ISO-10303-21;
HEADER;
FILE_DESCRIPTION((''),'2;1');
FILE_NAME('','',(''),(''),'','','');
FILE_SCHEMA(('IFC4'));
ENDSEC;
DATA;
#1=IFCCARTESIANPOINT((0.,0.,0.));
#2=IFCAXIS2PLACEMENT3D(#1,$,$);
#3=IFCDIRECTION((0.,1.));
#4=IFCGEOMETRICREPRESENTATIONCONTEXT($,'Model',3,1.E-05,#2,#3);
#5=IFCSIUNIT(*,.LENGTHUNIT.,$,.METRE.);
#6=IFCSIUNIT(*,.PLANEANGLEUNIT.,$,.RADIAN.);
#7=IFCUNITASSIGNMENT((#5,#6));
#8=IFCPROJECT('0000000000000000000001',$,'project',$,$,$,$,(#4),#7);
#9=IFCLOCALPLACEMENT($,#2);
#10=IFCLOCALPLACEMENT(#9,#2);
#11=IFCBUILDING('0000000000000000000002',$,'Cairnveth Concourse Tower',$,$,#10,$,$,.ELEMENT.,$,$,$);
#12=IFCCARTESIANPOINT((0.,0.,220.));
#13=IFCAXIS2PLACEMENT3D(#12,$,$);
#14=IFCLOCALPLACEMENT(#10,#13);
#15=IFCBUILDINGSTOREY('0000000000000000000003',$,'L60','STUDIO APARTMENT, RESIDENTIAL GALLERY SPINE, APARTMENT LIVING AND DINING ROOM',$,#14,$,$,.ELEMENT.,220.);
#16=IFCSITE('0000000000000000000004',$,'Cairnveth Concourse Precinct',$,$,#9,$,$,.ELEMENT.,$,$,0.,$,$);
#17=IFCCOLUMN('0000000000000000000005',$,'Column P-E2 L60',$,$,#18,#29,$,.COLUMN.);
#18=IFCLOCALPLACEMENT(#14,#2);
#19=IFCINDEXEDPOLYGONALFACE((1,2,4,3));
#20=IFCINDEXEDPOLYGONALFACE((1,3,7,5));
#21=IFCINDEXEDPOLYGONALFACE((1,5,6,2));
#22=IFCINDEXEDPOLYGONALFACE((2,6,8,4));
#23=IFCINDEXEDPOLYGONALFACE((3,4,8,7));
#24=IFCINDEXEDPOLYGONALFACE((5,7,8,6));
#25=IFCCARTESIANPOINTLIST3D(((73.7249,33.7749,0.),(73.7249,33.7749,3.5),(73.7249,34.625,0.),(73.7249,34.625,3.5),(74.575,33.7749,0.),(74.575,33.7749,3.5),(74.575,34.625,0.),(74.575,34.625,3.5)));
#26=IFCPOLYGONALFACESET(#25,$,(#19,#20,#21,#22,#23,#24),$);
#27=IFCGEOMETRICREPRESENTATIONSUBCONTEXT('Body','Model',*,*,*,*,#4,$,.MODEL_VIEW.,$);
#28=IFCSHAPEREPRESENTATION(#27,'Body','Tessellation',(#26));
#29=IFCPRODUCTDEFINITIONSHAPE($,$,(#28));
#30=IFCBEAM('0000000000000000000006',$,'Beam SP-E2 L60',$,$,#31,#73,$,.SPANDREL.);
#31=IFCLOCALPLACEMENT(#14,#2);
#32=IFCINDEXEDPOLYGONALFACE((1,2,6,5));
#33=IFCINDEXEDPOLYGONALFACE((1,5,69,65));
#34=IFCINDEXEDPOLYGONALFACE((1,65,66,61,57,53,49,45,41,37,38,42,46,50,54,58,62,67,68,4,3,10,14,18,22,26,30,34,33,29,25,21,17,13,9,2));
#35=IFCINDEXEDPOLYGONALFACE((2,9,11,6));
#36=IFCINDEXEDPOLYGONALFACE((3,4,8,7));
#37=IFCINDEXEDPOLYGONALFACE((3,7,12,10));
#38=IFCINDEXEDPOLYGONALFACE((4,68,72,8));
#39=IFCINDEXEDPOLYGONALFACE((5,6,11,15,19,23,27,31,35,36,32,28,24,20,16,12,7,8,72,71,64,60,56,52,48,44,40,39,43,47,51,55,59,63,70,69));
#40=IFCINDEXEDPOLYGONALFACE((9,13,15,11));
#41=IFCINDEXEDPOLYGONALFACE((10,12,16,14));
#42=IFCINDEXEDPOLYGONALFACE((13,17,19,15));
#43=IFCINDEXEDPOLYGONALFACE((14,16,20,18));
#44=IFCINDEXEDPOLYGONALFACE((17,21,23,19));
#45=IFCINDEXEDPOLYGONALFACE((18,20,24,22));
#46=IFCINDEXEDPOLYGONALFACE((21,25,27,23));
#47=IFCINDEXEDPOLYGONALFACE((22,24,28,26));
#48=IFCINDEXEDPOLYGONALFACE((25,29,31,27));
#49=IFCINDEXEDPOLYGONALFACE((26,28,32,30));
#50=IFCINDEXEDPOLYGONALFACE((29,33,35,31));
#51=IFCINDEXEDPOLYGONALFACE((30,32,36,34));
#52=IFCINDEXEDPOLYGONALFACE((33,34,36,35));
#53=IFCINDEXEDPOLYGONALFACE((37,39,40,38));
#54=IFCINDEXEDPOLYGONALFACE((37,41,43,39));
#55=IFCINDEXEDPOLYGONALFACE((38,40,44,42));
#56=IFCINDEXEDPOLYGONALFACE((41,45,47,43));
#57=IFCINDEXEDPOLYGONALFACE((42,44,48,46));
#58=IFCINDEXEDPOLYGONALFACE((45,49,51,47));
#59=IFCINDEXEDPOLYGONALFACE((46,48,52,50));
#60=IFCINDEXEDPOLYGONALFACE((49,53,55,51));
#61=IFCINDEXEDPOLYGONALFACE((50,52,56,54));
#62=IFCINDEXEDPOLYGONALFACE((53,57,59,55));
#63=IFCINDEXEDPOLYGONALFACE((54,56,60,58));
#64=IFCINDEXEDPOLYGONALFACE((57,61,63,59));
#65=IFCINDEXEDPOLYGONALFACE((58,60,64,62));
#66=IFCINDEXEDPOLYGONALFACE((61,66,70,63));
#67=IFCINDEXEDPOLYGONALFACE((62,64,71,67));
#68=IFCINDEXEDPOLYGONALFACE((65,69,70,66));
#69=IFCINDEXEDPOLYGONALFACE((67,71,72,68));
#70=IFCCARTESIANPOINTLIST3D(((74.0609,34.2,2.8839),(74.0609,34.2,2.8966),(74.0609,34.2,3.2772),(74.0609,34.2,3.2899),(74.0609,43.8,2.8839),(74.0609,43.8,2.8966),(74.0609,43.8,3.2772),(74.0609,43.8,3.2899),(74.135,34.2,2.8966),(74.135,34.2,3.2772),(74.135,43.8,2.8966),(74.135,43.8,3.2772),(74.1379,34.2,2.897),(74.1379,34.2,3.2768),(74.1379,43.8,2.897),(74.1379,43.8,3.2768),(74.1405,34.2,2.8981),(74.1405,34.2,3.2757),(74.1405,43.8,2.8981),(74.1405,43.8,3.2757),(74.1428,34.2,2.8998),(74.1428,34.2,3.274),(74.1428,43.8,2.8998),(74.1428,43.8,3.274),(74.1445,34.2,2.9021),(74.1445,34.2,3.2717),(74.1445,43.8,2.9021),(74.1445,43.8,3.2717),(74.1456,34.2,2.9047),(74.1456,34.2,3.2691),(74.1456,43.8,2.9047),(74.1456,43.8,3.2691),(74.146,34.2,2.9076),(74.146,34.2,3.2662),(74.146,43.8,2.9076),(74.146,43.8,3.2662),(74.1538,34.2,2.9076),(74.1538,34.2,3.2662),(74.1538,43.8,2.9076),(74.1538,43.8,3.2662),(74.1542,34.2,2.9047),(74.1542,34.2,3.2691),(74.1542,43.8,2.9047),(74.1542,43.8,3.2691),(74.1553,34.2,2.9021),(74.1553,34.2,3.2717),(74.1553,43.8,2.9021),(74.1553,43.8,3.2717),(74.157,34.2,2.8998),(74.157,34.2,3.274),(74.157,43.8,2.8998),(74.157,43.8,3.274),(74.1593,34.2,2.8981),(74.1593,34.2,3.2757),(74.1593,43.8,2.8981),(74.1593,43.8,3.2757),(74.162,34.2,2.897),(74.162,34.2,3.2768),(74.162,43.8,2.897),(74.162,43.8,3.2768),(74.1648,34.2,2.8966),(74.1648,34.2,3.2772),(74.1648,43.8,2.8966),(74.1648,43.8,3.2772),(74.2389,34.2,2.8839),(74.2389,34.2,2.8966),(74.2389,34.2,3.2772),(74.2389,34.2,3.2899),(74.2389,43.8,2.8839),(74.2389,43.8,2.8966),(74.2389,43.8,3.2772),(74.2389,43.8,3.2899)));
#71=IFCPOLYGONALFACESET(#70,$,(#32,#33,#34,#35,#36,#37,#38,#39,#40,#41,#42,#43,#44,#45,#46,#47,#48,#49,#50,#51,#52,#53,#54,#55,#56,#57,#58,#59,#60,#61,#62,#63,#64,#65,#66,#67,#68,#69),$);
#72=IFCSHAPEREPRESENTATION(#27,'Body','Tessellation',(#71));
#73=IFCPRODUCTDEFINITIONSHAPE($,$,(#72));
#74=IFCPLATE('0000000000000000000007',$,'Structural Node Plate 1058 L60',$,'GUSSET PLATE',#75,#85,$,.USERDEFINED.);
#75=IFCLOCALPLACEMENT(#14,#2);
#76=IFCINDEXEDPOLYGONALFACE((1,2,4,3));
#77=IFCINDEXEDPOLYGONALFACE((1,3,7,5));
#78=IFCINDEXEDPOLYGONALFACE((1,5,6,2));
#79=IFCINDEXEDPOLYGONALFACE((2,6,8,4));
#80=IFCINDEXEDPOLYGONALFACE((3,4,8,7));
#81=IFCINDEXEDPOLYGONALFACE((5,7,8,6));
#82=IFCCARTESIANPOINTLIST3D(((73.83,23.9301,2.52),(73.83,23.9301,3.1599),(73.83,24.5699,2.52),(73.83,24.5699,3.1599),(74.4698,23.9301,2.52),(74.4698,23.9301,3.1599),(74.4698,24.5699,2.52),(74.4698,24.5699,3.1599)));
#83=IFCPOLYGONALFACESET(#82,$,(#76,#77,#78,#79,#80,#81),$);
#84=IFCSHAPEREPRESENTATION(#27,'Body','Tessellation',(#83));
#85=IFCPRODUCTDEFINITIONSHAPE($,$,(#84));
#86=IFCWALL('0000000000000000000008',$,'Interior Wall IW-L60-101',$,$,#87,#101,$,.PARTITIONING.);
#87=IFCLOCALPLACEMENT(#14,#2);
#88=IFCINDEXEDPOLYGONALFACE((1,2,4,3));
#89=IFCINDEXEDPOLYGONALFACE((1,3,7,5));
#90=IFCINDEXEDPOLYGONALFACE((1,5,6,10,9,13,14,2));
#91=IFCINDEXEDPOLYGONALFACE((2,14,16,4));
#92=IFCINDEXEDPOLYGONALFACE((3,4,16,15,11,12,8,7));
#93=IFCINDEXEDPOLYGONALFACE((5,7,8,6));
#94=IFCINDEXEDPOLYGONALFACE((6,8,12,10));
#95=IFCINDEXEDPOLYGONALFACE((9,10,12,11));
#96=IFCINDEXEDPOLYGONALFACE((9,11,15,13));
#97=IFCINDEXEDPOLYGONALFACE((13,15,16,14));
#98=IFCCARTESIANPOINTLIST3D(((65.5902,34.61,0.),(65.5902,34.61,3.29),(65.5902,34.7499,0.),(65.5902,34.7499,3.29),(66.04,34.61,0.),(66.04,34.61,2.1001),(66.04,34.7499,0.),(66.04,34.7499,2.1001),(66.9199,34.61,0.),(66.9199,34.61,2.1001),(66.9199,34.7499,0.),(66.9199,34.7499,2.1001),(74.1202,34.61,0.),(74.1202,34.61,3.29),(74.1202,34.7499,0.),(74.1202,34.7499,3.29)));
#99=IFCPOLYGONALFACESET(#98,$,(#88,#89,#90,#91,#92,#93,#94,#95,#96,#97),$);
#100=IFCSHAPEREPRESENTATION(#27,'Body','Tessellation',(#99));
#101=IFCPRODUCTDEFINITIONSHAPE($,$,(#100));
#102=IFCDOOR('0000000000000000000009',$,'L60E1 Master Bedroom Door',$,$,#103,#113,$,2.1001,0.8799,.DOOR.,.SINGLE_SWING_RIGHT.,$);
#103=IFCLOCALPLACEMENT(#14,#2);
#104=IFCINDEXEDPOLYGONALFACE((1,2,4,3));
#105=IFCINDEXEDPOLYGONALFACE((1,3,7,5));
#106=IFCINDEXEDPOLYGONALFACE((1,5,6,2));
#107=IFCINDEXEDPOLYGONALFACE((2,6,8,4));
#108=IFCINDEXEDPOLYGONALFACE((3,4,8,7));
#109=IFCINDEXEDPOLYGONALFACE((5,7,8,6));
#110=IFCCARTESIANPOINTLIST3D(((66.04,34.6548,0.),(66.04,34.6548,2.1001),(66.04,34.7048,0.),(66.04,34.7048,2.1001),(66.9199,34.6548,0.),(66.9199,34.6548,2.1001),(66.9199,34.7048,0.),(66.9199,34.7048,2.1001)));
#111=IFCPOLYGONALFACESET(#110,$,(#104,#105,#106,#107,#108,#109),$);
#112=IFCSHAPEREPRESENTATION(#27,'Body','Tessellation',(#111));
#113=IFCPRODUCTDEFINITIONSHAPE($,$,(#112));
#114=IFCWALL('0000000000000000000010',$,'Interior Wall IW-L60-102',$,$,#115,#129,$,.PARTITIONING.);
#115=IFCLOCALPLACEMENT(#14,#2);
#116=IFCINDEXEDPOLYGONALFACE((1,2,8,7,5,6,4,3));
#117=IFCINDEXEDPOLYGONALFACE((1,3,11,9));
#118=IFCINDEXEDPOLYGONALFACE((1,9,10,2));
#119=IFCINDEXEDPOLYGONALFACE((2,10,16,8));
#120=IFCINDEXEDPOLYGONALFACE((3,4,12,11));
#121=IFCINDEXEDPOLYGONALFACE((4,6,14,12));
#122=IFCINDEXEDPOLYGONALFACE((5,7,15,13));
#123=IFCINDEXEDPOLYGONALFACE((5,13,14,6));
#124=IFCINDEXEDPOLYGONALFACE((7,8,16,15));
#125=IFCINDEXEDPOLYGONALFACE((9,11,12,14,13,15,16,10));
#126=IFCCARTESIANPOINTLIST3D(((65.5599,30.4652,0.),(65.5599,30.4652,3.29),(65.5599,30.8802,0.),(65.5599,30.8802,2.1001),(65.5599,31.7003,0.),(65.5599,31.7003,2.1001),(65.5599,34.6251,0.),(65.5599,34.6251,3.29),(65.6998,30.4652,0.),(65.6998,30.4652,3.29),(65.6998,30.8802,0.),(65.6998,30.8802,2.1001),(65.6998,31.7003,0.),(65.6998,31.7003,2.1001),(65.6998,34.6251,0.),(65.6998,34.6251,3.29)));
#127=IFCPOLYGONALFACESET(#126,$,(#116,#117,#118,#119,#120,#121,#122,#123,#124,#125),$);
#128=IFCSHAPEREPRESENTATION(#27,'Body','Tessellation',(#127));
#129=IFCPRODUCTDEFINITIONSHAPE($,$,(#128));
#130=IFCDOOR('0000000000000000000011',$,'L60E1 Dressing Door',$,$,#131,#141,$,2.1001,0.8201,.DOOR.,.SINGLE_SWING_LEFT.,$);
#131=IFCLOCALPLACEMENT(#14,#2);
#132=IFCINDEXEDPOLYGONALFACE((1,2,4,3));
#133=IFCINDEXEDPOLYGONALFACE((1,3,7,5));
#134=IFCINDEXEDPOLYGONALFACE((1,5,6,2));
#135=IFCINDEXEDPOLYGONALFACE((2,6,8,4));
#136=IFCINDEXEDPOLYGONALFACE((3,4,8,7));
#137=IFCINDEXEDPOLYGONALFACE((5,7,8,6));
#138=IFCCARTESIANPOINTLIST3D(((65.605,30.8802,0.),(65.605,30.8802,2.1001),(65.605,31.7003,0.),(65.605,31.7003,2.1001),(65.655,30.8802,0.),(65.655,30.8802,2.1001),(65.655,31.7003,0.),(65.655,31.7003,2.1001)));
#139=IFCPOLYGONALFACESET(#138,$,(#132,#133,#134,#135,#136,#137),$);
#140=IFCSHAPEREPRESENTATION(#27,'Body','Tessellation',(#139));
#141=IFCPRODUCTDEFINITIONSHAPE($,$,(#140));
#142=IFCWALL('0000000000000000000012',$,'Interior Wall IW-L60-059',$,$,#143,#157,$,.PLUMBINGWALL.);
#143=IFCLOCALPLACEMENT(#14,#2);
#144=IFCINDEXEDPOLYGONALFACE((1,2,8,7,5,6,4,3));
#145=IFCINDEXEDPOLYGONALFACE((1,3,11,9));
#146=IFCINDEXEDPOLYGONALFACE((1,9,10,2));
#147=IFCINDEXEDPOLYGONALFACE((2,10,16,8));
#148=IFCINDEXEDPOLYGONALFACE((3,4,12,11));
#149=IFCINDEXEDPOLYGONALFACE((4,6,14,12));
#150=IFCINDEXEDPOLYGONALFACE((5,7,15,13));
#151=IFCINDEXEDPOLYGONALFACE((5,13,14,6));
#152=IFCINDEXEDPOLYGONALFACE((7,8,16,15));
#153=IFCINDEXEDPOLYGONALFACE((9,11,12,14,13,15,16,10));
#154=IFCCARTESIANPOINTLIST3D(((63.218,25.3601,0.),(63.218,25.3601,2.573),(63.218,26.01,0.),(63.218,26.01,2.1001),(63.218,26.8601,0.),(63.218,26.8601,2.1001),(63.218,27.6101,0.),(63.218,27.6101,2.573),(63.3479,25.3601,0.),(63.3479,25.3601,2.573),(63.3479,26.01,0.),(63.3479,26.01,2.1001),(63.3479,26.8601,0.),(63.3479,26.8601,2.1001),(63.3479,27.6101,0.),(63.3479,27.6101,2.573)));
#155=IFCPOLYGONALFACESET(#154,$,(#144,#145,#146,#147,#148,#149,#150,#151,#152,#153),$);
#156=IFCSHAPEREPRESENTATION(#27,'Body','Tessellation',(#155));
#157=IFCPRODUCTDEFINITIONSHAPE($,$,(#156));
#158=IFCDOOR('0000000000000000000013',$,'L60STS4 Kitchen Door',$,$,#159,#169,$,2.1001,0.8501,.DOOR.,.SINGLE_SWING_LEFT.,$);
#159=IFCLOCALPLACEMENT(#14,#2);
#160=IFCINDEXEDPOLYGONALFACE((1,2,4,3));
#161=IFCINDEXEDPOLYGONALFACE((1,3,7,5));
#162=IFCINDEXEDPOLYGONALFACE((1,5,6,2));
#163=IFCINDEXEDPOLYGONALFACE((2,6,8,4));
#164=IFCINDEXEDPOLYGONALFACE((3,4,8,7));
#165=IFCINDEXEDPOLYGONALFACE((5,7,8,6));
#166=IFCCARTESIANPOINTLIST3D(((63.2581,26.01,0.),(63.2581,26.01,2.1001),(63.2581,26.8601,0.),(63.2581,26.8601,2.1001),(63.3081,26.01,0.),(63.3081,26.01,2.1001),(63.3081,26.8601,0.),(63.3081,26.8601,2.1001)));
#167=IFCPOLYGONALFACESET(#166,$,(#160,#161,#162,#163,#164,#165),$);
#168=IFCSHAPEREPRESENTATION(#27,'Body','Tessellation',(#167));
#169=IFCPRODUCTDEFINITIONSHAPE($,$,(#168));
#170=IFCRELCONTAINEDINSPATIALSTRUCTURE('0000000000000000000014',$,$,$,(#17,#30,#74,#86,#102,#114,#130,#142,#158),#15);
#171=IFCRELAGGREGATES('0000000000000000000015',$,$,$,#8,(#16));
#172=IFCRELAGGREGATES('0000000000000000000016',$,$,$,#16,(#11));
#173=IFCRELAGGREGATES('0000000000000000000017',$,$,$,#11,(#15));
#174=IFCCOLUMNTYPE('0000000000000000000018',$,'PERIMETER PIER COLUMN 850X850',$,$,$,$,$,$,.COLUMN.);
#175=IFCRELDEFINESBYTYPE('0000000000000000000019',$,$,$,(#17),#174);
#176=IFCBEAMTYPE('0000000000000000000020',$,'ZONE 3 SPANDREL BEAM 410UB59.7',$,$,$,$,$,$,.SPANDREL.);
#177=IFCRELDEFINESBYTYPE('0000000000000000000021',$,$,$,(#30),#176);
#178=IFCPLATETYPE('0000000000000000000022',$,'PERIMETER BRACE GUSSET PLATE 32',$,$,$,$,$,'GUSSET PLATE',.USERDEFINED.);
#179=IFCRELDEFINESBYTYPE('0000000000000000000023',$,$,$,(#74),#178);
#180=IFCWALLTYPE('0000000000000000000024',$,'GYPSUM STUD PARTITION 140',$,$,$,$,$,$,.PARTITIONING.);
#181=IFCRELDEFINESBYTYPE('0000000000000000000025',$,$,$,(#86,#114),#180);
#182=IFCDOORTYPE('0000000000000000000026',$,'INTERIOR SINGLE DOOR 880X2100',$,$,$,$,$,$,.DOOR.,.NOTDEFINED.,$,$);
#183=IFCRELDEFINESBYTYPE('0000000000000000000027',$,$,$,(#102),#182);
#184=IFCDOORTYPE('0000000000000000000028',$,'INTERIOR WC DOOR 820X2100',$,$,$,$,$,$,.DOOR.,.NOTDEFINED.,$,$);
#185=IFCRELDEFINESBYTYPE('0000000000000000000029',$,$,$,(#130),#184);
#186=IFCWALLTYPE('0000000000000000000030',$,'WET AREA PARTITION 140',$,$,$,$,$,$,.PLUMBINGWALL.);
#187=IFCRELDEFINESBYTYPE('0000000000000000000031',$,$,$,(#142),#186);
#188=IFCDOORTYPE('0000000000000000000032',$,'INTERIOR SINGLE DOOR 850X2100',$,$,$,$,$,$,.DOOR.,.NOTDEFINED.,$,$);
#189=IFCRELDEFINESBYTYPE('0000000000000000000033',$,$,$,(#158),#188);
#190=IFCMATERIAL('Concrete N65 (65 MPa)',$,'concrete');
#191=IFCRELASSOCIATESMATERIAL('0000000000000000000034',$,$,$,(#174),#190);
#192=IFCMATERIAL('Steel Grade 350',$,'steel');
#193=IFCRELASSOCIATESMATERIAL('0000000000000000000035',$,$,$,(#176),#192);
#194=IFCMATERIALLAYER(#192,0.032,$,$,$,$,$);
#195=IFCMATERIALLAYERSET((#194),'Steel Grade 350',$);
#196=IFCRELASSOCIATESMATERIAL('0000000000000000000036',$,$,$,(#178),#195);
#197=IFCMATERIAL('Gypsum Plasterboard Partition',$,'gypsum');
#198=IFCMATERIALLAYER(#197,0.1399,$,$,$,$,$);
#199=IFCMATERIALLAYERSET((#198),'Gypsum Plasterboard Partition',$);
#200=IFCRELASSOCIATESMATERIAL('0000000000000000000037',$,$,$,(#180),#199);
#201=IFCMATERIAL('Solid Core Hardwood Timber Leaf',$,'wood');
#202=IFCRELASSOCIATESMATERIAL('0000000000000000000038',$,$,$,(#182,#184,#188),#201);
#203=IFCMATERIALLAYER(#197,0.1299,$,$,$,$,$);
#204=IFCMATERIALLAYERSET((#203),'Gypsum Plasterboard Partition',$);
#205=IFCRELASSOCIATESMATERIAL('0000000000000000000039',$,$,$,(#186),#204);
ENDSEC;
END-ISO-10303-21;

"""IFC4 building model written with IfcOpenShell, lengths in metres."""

from ifc_helpers import new_model, si_unit, direction, frame, frame_2d, origin, origin_2d, place, context, subcontext, project, spatial, rectangle, i_section, extrude, material, layer, layer_set, material_profile, profile_set, type_object, element, fill, save


model = new_model("IFC4")

# Units and contexts
model_context = context("Model", 3, precision=1e-05, world=origin(), true_north=direction((0.0, 1.0)))
body_context = subcontext(model_context, "Body", "Model", "MODEL_VIEW")
ifc_project = project(units=[si_unit("LENGTHUNIT", "METRE"), si_unit("PLANEANGLEUNIT", "RADIAN")], contexts=[model_context])

# Site, building, storey
site_placement = place(None, origin())
site = spatial("IfcSite", under=ifc_project, at=site_placement, Name="Cairnveth Concourse Precinct", CompositionType="ELEMENT", RefElevation=0.0)
building_placement = place(site_placement, origin())
building = spatial("IfcBuilding", under=site, at=building_placement, Name="Cairnveth Concourse Tower", CompositionType="ELEMENT")
storey_placement = place(building_placement, frame((0.0, 0.0, 220.0)))
storey = spatial("IfcBuildingStorey", under=building, at=storey_placement, Name="L60", Description="STUDIO APARTMENT, RESIDENTIAL GALLERY SPINE, APARTMENT LIVING AND DINING ROOM", CompositionType="ELEMENT", Elevation=220.0)

# Column
ifc_material_1 = material(Name="Concrete N65 (65 MPa)", Category="concrete")
ifc_material_profile_1 = material_profile(ifc_material_1, rectangle(XDim=0.8501, YDim=0.8501, at=origin_2d()), Name="RC-COL-850x850")
ifc_profile_set_1 = profile_set([ifc_material_profile_1], Name="Concrete N65 (65 MPa)")
column_type = type_object("IfcColumnType", Name="PERIMETER PIER COLUMN 850X850", PredefinedType="COLUMN", material=ifc_profile_set_1)
column_placement = place(storey_placement, frame((74.1499, 34.2, 0.0), z_axis=(0.0, 0.0, 1.0), x_axis=(0.0, 1.0, 0.0)))
element("IfcColumn", 1, at=column_placement, inside=storey, type_object=column_type, Name="Column P-E2 L60", PredefinedType="COLUMN", context=body_context, shape_type="SweptSolid", body=[
    extrude(rectangle(XDim=0.8501, YDim=0.8501, at=origin_2d()), origin(), (0.0, 0.0, 1.0), 3.5),
])

# Beam
ifc_material_2 = material(Name="Steel Grade 350", Category="steel")
ifc_material_profile_2 = material_profile(ifc_material_2, i_section(OverallWidth=0.178, OverallDepth=0.406, WebThickness=0.0078, FlangeThickness=0.0127, FilletRadius=0.011, at=origin_2d()), Name="410UB59.7")
ifc_profile_set_2 = profile_set([ifc_material_profile_2], Name="Steel Grade 350")
beam_type = type_object("IfcBeamType", Name="ZONE 3 SPANDREL BEAM 410UB59.7", PredefinedType="SPANDREL", material=ifc_profile_set_2)
beam_placement = place(storey_placement, frame((74.1499, 34.2, 3.0869), z_axis=(0.0, 1.0, 0.0), x_axis=(-1.0, 0.0, 0.0)))
element("IfcBeam", 2, at=beam_placement, inside=storey, type_object=beam_type, Name="Beam SP-E2 L60", PredefinedType="SPANDREL", context=body_context, shape_type="SweptSolid", body=[
    extrude(i_section(OverallWidth=0.178, OverallDepth=0.406, WebThickness=0.0078, FlangeThickness=0.0127, FilletRadius=0.011, at=origin_2d()), origin(), (0.0, 0.0, 1.0), 9.6001),
])

# Plate
ifc_layer_1 = layer(ifc_material_2, 0.032)
ifc_layer_set_1 = layer_set([ifc_layer_1], Name="Steel Grade 350")
plate_type = type_object("IfcPlateType", Name="PERIMETER BRACE GUSSET PLATE 32", ElementType="GUSSET PLATE", PredefinedType="USERDEFINED", material=ifc_layer_set_1)
plate_placement = place(storey_placement, frame((74.1499, 24.25, 2.52), z_axis=(0.0, 0.0, 1.0), x_axis=(1.0, 0.0, 0.0)))
element("IfcPlate", 3, at=plate_placement, inside=storey, type_object=plate_type, Name="Structural Node Plate 1058 L60", ObjectType="GUSSET PLATE", PredefinedType="USERDEFINED", context=body_context, shape_type="SweptSolid", body=[
    extrude(rectangle(XDim=0.6399, YDim=0.6399, at=origin_2d()), origin(), (0.0, 0.0, 1.0), 0.6399),
])

# Walls, openings, doors
ifc_material_3 = material(Name="Gypsum Plasterboard Partition", Category="gypsum")
ifc_layer_2 = layer(ifc_material_3, 0.1399)
ifc_layer_set_2 = layer_set([ifc_layer_2], Name="Gypsum Plasterboard Partition")
wall_type_1 = type_object("IfcWallType", Name="GYPSUM STUD PARTITION 140", PredefinedType="PARTITIONING", material=ifc_layer_set_2)
wall_1_placement = place(storey_placement, frame((65.5901, 34.6799, 0.0), z_axis=(0.0, 0.0, 1.0), x_axis=(1.0, 0.0, 0.0)))
wall_1 = element("IfcWall", 4, at=wall_1_placement, inside=storey, type_object=wall_type_1, Name="Interior Wall IW-L60-101", PredefinedType="PARTITIONING", context=body_context, shape_type="SweptSolid", body=[
    extrude(rectangle(XDim=8.53, YDim=0.1399, at=frame_2d((4.2651, 0.0))), origin(), (0.0, 0.0, 1.0), 3.29),
])
opening_1_placement = place(wall_1_placement, frame((0.45, 0.0, 0.0)))
opening_1 = element("IfcOpeningElement", 5, at=opening_1_placement, cuts=wall_1, PredefinedType="OPENING", context=body_context, shape_type="SweptSolid", body=[
    extrude(rectangle(XDim=0.8799, YDim=2.1001, at=frame_2d((0.4399, 1.05))), frame((0.0, 0.0798, 0.0), z_axis=(0.0, -1.0, 0.0), x_axis=(1.0, 0.0, 0.0)), (0.0, 0.0, 1.0), 0.1599),
])
ifc_material_4 = material(Name="Solid Core Hardwood Timber Leaf", Category="wood")
door_type_1 = type_object("IfcDoorType", Name="INTERIOR SINGLE DOOR 880X2100", OperationType="NOTDEFINED", PredefinedType="DOOR", material=ifc_material_4)
door_1_placement = place(opening_1_placement, origin())
door_1 = element("IfcDoor", 6, at=door_1_placement, inside=storey, type_object=door_type_1, Name="L60E1 Master Bedroom Door", OperationType="SINGLE_SWING_RIGHT", OverallHeight=2.1001, OverallWidth=0.8799, PredefinedType="DOOR", context=body_context, shape_type="SweptSolid", body=[
    extrude(rectangle(XDim=0.8799, YDim=2.1001, at=frame_2d((0.4399, 1.05))), frame((0.0, 0.0249, 0.0), z_axis=(0.0, -1.0, 0.0), x_axis=(1.0, 0.0, 0.0)), (0.0, 0.0, 1.0), 0.05),
])
fill(opening_1, door_1)
wall_2_placement = place(storey_placement, frame((65.6299, 30.4651, 0.0), z_axis=(0.0, 0.0, 1.0), x_axis=(0.0, 1.0, 0.0)))
wall_2 = element("IfcWall", 7, at=wall_2_placement, inside=storey, type_object=wall_type_1, Name="Interior Wall IW-L60-102", PredefinedType="PARTITIONING", context=body_context, shape_type="SweptSolid", body=[
    extrude(rectangle(XDim=4.1599, YDim=0.1399, at=frame_2d((2.0801, 0.0))), origin(), (0.0, 0.0, 1.0), 3.29),
])
opening_2_placement = place(wall_2_placement, frame((0.415, 0.0, 0.0)))
opening_2 = element("IfcOpeningElement", 8, at=opening_2_placement, cuts=wall_2, PredefinedType="OPENING", context=body_context, shape_type="SweptSolid", body=[
    extrude(rectangle(XDim=0.8201, YDim=2.1001, at=frame_2d((0.4102, 1.05))), frame((0.0, 0.0798, 0.0), z_axis=(0.0, -1.0, 0.0), x_axis=(1.0, 0.0, 0.0)), (0.0, 0.0, 1.0), 0.1599),
])
door_type_2 = type_object("IfcDoorType", Name="INTERIOR WC DOOR 820X2100", OperationType="NOTDEFINED", PredefinedType="DOOR", material=ifc_material_4)
door_2_placement = place(opening_2_placement, origin())
door_2 = element("IfcDoor", 9, at=door_2_placement, inside=storey, type_object=door_type_2, Name="L60E1 Dressing Door", OperationType="SINGLE_SWING_LEFT", OverallHeight=2.1001, OverallWidth=0.8201, PredefinedType="DOOR", context=body_context, shape_type="SweptSolid", body=[
    extrude(rectangle(XDim=0.8201, YDim=2.1001, at=frame_2d((0.4102, 1.05))), frame((0.0, 0.0249, 0.0), z_axis=(0.0, -1.0, 0.0), x_axis=(1.0, 0.0, 0.0)), (0.0, 0.0, 1.0), 0.05),
])
fill(opening_2, door_2)
ifc_layer_3 = layer(ifc_material_3, 0.1299)
ifc_layer_set_3 = layer_set([ifc_layer_3], Name="Gypsum Plasterboard Partition")
wall_type_2 = type_object("IfcWallType", Name="WET AREA PARTITION 140", PredefinedType="PLUMBINGWALL", material=ifc_layer_set_3)
wall_3_placement = place(storey_placement, frame((63.283, 25.3601, 0.0), z_axis=(0.0, 0.0, 1.0), x_axis=(0.0, 1.0, 0.0)))
wall_3 = element("IfcWall", 10, at=wall_3_placement, inside=storey, type_object=wall_type_2, Name="Interior Wall IW-L60-059", PredefinedType="PLUMBINGWALL", context=body_context, shape_type="SweptSolid", body=[
    extrude(rectangle(XDim=2.25, YDim=0.1299, at=frame_2d((1.125, 0.0))), origin(), (0.0, 0.0, 1.0), 2.573),
])
opening_3_placement = place(wall_3_placement, frame((0.6499, 0.0, 0.0)))
opening_3 = element("IfcOpeningElement", 11, at=opening_3_placement, cuts=wall_3, PredefinedType="OPENING", context=body_context, shape_type="SweptSolid", body=[
    extrude(rectangle(XDim=0.8501, YDim=2.1001, at=frame_2d((0.425, 1.05))), frame((0.0, 0.075, 0.0), z_axis=(0.0, -1.0, 0.0), x_axis=(1.0, 0.0, 0.0)), (0.0, 0.0, 1.0), 0.1499),
])
door_type_3 = type_object("IfcDoorType", Name="INTERIOR SINGLE DOOR 850X2100", OperationType="NOTDEFINED", PredefinedType="DOOR", material=ifc_material_4)
door_3_placement = place(opening_3_placement, origin())
door_3 = element("IfcDoor", 12, at=door_3_placement, inside=storey, type_object=door_type_3, Name="L60STS4 Kitchen Door", OperationType="SINGLE_SWING_LEFT", OverallHeight=2.1001, OverallWidth=0.8501, PredefinedType="DOOR", context=body_context, shape_type="SweptSolid", body=[
    extrude(rectangle(XDim=0.8501, YDim=2.1001, at=frame_2d((0.425, 1.05))), frame((0.0, 0.0249, 0.0), z_axis=(0.0, -1.0, 0.0), x_axis=(1.0, 0.0, 0.0)), (0.0, 0.0, 1.0), 0.05),
])
fill(opening_3, door_3)

save(model, "model.ifc")
